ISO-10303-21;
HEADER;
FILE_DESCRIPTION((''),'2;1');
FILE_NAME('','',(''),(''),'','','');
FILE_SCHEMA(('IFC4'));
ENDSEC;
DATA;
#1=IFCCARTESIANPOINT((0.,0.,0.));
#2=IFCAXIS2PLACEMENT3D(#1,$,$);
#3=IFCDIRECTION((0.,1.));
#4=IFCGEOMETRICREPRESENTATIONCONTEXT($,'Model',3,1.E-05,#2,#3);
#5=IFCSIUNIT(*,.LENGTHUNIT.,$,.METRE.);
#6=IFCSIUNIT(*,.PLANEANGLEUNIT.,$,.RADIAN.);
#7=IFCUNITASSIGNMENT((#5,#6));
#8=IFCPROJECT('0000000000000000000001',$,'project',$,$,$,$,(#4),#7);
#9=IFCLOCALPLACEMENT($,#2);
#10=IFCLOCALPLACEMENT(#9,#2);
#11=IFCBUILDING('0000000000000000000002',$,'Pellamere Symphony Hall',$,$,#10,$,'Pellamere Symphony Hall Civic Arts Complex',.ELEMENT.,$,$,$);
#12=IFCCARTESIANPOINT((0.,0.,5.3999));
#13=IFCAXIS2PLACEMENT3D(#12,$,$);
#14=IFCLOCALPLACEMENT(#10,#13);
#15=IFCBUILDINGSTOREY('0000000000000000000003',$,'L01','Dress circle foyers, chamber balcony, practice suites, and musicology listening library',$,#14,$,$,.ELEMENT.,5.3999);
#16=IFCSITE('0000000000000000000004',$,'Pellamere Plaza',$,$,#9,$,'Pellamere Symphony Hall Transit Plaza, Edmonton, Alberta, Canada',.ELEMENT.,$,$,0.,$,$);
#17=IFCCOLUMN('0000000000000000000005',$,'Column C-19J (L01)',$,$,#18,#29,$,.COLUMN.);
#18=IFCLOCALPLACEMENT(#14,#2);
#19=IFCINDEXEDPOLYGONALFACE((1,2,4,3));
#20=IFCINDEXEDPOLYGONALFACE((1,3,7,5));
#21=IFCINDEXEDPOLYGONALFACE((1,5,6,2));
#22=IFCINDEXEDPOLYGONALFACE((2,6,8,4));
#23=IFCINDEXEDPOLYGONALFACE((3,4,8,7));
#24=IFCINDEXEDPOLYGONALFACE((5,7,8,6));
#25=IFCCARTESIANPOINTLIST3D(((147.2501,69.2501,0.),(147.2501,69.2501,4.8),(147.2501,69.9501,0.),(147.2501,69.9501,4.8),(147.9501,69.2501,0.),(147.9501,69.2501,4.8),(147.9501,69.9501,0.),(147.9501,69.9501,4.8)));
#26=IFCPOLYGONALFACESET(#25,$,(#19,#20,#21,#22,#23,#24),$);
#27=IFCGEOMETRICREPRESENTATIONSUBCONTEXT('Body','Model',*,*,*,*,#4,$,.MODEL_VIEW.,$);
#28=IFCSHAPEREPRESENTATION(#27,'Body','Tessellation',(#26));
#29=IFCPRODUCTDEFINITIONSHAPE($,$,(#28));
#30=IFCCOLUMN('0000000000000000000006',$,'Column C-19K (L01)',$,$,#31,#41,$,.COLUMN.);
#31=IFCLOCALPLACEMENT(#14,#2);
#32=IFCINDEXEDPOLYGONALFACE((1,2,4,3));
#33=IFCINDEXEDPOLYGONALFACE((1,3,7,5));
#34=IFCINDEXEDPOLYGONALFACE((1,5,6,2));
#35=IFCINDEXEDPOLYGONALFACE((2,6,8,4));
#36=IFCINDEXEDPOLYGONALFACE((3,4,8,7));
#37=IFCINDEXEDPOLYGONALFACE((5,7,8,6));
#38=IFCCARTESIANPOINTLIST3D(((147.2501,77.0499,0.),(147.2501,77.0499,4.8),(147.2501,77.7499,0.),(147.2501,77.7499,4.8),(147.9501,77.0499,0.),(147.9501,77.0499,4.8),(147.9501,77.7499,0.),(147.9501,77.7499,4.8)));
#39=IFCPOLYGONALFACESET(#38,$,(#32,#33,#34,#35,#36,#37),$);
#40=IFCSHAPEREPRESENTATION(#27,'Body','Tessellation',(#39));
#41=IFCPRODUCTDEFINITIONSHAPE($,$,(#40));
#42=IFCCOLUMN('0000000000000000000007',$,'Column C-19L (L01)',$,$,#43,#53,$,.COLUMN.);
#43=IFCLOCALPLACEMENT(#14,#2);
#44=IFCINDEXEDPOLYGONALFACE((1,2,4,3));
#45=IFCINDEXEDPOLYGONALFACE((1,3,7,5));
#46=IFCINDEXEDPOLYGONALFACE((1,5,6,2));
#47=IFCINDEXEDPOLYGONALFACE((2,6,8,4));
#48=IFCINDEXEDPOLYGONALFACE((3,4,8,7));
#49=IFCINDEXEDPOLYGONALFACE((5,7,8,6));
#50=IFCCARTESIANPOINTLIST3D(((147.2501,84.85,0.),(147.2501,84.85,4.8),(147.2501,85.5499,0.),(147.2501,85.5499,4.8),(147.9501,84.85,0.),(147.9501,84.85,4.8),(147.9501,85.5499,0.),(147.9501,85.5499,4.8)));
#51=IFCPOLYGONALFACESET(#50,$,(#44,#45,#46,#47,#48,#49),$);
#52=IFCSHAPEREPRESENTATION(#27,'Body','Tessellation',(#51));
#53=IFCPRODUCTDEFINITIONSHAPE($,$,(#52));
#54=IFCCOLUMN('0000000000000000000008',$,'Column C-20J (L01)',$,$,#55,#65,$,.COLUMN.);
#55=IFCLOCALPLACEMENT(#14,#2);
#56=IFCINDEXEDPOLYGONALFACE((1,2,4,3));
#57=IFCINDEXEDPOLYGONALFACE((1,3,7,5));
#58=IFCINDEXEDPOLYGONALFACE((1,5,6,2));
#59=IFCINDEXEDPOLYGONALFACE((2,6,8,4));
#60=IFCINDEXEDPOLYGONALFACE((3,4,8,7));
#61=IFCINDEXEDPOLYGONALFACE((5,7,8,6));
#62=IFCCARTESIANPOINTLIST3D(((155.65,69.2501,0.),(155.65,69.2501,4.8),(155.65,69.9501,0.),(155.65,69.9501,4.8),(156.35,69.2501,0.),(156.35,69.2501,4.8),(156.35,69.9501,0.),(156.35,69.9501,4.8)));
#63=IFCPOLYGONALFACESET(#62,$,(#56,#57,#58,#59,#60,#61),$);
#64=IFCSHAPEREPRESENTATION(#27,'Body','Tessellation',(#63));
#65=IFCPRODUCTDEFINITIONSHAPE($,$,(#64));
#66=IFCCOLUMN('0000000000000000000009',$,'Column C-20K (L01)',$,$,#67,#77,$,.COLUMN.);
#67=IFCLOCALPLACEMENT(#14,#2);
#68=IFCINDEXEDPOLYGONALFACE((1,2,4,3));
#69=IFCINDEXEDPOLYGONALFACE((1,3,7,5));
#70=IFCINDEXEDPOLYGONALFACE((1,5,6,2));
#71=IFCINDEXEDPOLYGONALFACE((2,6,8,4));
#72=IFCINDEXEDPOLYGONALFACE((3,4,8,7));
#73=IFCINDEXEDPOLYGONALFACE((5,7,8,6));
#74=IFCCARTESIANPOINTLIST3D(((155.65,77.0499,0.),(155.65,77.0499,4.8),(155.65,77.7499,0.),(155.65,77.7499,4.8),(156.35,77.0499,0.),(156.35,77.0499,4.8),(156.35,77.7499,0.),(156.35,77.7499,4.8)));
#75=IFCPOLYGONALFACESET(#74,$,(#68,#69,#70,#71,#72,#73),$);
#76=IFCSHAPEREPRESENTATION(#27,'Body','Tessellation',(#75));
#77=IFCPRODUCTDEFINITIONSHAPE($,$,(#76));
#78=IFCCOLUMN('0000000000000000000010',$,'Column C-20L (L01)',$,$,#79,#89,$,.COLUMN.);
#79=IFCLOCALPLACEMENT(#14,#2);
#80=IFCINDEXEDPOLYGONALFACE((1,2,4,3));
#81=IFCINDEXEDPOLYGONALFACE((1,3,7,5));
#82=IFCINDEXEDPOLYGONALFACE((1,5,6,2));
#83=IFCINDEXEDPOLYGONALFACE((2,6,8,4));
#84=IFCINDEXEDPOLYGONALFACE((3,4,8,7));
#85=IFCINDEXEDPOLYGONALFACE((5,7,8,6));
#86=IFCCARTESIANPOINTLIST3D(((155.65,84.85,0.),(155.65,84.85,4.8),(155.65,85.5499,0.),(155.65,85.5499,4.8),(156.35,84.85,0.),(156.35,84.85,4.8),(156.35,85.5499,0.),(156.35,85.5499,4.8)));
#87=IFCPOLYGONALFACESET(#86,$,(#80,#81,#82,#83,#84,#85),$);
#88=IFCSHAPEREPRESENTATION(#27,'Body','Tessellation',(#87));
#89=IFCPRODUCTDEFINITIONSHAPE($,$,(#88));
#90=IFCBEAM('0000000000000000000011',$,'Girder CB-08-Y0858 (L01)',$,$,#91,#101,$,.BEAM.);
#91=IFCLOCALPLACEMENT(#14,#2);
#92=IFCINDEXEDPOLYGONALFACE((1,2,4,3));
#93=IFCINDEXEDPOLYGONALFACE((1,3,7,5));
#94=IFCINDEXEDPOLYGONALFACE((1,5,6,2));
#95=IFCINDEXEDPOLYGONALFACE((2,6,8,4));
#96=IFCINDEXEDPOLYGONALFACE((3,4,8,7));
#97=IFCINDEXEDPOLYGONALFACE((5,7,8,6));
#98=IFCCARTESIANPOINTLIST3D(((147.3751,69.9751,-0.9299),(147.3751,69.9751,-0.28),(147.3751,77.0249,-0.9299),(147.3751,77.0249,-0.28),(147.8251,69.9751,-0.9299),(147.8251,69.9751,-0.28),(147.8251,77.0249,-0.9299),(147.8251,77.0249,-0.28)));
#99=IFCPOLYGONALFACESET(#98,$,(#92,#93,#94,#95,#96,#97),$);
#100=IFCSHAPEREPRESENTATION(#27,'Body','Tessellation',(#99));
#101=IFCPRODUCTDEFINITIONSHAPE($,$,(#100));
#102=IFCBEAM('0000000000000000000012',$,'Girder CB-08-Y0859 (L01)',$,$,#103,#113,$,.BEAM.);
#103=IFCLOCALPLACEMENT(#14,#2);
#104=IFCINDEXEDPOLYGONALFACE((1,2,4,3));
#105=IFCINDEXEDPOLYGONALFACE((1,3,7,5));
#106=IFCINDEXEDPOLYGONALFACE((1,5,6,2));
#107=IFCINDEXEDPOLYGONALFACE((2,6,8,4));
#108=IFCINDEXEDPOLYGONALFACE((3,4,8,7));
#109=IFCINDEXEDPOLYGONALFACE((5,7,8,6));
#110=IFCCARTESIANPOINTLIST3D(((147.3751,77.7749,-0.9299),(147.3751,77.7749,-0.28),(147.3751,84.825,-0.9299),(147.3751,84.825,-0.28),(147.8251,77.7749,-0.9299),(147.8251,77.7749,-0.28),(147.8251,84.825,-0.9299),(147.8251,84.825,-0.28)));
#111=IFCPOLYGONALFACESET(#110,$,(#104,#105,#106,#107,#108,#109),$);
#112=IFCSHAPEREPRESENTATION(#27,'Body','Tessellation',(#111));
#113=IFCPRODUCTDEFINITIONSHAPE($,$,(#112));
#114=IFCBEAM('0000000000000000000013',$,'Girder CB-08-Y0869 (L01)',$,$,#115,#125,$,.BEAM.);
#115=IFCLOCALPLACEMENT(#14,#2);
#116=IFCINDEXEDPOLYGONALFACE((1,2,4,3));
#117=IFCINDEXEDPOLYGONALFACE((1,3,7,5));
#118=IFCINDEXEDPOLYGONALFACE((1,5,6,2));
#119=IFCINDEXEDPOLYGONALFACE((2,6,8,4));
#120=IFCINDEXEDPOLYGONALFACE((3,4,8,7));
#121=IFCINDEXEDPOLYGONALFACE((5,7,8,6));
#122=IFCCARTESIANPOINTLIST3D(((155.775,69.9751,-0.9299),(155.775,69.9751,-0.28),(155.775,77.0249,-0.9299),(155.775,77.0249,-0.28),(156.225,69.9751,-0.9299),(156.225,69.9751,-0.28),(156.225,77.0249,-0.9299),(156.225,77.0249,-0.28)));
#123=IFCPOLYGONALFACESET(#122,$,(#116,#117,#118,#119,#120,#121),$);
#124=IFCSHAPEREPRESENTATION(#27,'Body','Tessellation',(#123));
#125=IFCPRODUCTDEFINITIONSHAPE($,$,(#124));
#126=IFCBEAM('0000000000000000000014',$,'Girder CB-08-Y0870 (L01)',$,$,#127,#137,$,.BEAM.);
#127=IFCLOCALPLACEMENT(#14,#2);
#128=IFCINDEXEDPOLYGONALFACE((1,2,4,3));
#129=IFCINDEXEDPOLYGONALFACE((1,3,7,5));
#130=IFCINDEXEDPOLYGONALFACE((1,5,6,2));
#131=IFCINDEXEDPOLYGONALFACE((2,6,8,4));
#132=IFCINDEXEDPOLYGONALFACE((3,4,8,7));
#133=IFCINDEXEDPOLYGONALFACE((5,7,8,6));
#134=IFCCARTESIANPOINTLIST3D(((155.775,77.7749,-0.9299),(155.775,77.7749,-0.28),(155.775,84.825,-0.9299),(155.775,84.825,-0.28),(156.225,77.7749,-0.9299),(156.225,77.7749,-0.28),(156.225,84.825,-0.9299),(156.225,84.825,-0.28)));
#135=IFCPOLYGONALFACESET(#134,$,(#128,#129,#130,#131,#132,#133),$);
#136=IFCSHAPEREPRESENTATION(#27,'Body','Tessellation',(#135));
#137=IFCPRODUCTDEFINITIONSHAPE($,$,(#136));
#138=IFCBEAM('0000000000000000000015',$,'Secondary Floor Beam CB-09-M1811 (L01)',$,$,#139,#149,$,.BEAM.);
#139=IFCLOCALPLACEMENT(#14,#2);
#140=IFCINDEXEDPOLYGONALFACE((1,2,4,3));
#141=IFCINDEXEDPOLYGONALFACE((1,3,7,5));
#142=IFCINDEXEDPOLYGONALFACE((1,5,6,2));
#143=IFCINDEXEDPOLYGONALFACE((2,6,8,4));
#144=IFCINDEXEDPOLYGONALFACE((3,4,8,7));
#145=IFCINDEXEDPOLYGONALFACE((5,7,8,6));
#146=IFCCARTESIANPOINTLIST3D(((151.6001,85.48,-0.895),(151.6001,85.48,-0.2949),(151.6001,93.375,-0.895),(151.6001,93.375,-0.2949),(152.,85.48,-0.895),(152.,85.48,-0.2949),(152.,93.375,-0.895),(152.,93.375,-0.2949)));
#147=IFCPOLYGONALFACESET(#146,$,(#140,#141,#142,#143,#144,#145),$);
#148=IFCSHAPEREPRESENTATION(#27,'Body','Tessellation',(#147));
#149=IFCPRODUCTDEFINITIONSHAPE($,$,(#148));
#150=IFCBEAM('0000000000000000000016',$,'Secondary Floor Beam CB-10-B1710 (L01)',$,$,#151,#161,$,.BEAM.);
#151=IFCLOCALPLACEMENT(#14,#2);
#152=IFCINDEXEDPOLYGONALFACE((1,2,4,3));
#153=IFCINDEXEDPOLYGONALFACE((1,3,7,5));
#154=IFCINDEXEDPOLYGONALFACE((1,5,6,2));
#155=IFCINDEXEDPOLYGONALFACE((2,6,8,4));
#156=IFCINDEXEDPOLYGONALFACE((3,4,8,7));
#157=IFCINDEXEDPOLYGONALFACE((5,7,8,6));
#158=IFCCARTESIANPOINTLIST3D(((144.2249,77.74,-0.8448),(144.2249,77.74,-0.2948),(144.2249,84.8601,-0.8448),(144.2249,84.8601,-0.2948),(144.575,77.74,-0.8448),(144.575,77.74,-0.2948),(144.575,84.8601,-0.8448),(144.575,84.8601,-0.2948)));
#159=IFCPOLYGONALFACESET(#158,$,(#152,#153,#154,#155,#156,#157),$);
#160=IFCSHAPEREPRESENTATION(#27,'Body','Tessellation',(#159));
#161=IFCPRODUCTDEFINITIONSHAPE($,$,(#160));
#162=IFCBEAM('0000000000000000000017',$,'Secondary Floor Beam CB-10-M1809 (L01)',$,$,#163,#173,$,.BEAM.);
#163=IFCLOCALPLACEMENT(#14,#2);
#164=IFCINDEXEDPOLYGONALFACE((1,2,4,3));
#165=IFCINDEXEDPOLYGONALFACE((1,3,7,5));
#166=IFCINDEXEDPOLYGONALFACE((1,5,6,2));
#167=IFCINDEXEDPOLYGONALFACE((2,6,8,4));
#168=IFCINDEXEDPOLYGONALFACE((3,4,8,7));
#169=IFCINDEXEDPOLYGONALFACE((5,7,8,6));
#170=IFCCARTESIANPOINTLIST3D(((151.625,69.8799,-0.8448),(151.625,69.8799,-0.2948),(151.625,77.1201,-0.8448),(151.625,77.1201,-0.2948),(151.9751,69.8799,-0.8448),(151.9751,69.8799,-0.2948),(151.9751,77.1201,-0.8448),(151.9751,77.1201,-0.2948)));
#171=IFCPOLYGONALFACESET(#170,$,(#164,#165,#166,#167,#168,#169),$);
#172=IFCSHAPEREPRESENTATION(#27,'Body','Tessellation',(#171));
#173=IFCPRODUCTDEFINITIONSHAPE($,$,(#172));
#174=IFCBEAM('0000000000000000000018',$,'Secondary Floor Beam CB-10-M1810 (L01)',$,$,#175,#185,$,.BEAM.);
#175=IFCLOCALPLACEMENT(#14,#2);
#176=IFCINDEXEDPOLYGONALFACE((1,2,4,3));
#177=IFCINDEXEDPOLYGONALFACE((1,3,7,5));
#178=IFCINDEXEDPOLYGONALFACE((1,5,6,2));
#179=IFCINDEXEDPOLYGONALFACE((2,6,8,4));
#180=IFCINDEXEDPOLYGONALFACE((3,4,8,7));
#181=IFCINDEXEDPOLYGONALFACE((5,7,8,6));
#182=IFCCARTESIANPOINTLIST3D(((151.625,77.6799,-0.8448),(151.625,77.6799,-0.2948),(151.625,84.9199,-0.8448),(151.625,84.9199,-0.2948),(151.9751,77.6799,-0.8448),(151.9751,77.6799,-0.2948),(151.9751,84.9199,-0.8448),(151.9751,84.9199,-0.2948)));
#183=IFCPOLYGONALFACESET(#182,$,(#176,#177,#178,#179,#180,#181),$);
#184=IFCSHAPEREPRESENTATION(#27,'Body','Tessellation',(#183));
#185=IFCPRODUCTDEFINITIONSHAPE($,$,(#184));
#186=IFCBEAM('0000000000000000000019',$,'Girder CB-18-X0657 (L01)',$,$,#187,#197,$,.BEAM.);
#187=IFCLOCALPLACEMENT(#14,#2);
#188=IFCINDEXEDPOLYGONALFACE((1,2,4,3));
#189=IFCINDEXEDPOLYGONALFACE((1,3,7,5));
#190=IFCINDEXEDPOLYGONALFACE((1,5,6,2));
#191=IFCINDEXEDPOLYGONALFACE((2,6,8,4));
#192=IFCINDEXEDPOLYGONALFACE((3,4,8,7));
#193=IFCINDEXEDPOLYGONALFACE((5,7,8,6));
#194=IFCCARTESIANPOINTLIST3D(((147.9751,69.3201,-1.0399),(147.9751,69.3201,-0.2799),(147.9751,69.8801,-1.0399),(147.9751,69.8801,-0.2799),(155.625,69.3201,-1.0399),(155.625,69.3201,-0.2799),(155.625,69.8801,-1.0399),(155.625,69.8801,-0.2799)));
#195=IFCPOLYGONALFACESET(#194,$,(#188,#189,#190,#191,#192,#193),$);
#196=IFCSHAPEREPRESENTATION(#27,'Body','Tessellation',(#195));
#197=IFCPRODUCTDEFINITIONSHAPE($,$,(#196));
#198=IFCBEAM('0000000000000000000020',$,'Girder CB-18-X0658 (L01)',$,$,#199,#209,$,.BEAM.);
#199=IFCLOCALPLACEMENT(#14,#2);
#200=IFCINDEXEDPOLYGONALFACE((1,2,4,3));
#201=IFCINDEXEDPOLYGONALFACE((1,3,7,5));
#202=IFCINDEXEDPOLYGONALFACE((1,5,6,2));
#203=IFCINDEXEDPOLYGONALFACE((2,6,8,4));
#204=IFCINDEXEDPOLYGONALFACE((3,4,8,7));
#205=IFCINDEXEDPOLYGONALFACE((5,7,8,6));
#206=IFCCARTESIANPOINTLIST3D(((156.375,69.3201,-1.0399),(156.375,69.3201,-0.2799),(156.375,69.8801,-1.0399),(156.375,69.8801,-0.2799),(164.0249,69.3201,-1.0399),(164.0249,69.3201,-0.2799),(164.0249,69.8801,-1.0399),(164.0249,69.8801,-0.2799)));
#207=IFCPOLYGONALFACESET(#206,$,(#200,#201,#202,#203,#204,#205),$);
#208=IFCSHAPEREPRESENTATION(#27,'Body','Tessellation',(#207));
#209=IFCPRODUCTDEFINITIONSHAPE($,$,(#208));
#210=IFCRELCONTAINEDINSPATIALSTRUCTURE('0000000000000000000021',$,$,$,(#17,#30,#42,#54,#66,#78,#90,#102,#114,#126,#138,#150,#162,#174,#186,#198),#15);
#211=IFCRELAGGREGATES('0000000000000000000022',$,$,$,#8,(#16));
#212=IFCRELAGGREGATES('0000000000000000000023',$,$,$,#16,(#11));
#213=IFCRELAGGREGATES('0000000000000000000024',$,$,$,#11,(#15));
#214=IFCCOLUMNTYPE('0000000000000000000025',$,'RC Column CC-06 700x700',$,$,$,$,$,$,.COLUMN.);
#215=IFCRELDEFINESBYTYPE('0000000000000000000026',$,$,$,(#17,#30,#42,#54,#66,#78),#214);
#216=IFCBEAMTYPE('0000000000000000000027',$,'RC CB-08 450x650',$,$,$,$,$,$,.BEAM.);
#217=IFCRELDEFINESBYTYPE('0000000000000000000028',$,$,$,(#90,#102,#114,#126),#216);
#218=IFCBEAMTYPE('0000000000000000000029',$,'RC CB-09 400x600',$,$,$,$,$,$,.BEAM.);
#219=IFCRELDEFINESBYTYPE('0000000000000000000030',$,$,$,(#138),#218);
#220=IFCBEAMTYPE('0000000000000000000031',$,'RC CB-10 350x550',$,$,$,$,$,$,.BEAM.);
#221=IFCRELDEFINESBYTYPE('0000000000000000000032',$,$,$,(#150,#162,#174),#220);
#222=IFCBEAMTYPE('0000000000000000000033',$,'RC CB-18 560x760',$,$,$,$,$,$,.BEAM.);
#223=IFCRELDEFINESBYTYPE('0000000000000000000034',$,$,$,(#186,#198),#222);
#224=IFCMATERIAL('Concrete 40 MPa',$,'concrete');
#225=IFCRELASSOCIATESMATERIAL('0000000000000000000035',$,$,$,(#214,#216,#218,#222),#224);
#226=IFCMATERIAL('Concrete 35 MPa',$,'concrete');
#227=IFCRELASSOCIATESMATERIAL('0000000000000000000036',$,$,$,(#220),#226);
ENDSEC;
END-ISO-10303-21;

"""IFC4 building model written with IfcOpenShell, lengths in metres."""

from ifc_helpers import new_model, si_unit, direction, frame, origin, origin_2d, place, context, subcontext, project, spatial, rectangle, extrude, material, material_profile, profile_set, type_object, element, save


model = new_model("IFC4")

# Units and contexts
model_context = context("Model", 3, precision=1e-05, world=origin(), true_north=direction((0.0, 1.0)))
body_context = subcontext(model_context, "Body", "Model", "MODEL_VIEW")
ifc_project = project(units=[si_unit("LENGTHUNIT", "METRE"), si_unit("PLANEANGLEUNIT", "RADIAN")], contexts=[model_context])

# Site, building, storey
site_placement = place(None, origin())
site = spatial("IfcSite", under=ifc_project, at=site_placement, Name="Pellamere Plaza", LongName="Pellamere Symphony Hall Transit Plaza, Edmonton, Alberta, Canada", CompositionType="ELEMENT", RefElevation=0.0)
building_placement = place(site_placement, origin())
building = spatial("IfcBuilding", under=site, at=building_placement, Name="Pellamere Symphony Hall", LongName="Pellamere Symphony Hall Civic Arts Complex", CompositionType="ELEMENT")
storey_placement = place(building_placement, frame((0.0, 0.0, 5.3999)))
storey = spatial("IfcBuildingStorey", under=building, at=storey_placement, Name="L01", Description="Dress circle foyers, chamber balcony, practice suites, and musicology listening library", CompositionType="ELEMENT", Elevation=5.3999)

# Columns
ifc_material_1 = material(Name="Concrete 40 MPa", Category="concrete")
ifc_material_profile_1 = material_profile(ifc_material_1, rectangle(XDim=0.7, YDim=0.7, at=origin_2d()), Name="RC 700x700")
ifc_profile_set_1 = profile_set([ifc_material_profile_1], Name="Concrete 40 MPa")
column_type = type_object("IfcColumnType", Name="RC Column CC-06 700x700", PredefinedType="COLUMN", material=ifc_profile_set_1)
for number, where, z_axis, x_axis, name in (
    (1, (147.6001, 69.6001, 0.0), (0.0, 0.0, 1.0), (1.0, 0.0, 0.0), "Column C-19J (L01)"),
    (2, (147.6001, 77.3999, 0.0), (0.0, 0.0, 1.0), (1.0, 0.0, 0.0), "Column C-19K (L01)"),
    (3, (147.6001, 85.2, 0.0), (0.0, 0.0, 1.0), (1.0, 0.0, 0.0), "Column C-19L (L01)"),
    (4, (156.0, 69.6001, 0.0), (0.0, 0.0, 1.0), (1.0, 0.0, 0.0), "Column C-20J (L01)"),
    (5, (156.0, 77.3999, 0.0), (0.0, 0.0, 1.0), (1.0, 0.0, 0.0), "Column C-20K (L01)"),
    (6, (156.0, 85.2, 0.0), (0.0, 0.0, 1.0), (1.0, 0.0, 0.0), "Column C-20L (L01)"),
):
    element("IfcColumn", number, at=place(storey_placement, frame(where, z_axis=z_axis, x_axis=x_axis)), inside=storey, type_object=column_type, Name=name, PredefinedType="COLUMN", context=body_context, shape_type="SweptSolid", body=[
        extrude(rectangle(XDim=0.7, YDim=0.7, at=origin_2d()), origin(), (0.0, 0.0, 1.0), 4.8),
    ])

# Beams
ifc_material_profile_2 = material_profile(ifc_material_1, rectangle(XDim=0.45, YDim=0.6499, at=origin_2d()), Name="RC 450x650")
ifc_profile_set_2 = profile_set([ifc_material_profile_2], Name="Concrete 40 MPa")
beam_type_1 = type_object("IfcBeamType", Name="RC CB-08 450x650", PredefinedType="BEAM", material=ifc_profile_set_2)
beam_1_placement = place(storey_placement, frame((147.6001, 69.9751, -0.605), z_axis=(0.0, 1.0, 0.0), x_axis=(-1.0, 0.0, 0.0)))
element("IfcBeam", 7, at=beam_1_placement, inside=storey, type_object=beam_type_1, Name="Girder CB-08-Y0858 (L01)", PredefinedType="BEAM", context=body_context, shape_type="SweptSolid", body=[
    extrude(rectangle(XDim=0.45, YDim=0.6499, at=origin_2d()), origin(), (0.0, 0.0, 1.0), 7.0498),
])
beam_2_placement = place(storey_placement, frame((147.6001, 77.7749, -0.605), z_axis=(0.0, 1.0, 0.0), x_axis=(-1.0, 0.0, 0.0)))
element("IfcBeam", 8, at=beam_2_placement, inside=storey, type_object=beam_type_1, Name="Girder CB-08-Y0859 (L01)", PredefinedType="BEAM", context=body_context, shape_type="SweptSolid", body=[
    extrude(rectangle(XDim=0.45, YDim=0.6499, at=origin_2d()), origin(), (0.0, 0.0, 1.0), 7.05),
])
beam_3_placement = place(storey_placement, frame((156.0, 69.9751, -0.605), z_axis=(0.0, 1.0, 0.0), x_axis=(-1.0, 0.0, 0.0)))
element("IfcBeam", 9, at=beam_3_placement, inside=storey, type_object=beam_type_1, Name="Girder CB-08-Y0869 (L01)", PredefinedType="BEAM", context=body_context, shape_type="SweptSolid", body=[
    extrude(rectangle(XDim=0.45, YDim=0.6499, at=origin_2d()), origin(), (0.0, 0.0, 1.0), 7.0498),
])
beam_4_placement = place(storey_placement, frame((156.0, 77.7749, -0.605), z_axis=(0.0, 1.0, 0.0), x_axis=(-1.0, 0.0, 0.0)))
element("IfcBeam", 10, at=beam_4_placement, inside=storey, type_object=beam_type_1, Name="Girder CB-08-Y0870 (L01)", PredefinedType="BEAM", context=body_context, shape_type="SweptSolid", body=[
    extrude(rectangle(XDim=0.45, YDim=0.6499, at=origin_2d()), origin(), (0.0, 0.0, 1.0), 7.05),
])
ifc_material_profile_3 = material_profile(ifc_material_1, rectangle(XDim=0.3999, YDim=0.6001, at=origin_2d()), Name="RC 400x600")
ifc_profile_set_3 = profile_set([ifc_material_profile_3], Name="Concrete 40 MPa")
beam_type_2 = type_object("IfcBeamType", Name="RC CB-09 400x600", PredefinedType="BEAM", material=ifc_profile_set_3)
beam_5_placement = place(storey_placement, frame((151.8, 85.48, -0.595), z_axis=(0.0, 1.0, 0.0), x_axis=(-1.0, 0.0, 0.0)))
element("IfcBeam", 11, at=beam_5_placement, inside=storey, type_object=beam_type_2, Name="Secondary Floor Beam CB-09-M1811 (L01)", PredefinedType="BEAM", context=body_context, shape_type="SweptSolid", body=[
    extrude(rectangle(XDim=0.3999, YDim=0.6001, at=origin_2d()), origin(), (0.0, 0.0, 1.0), 7.895),
])
ifc_material_2 = material(Name="Concrete 35 MPa", Category="concrete")
ifc_material_profile_4 = material_profile(ifc_material_2, rectangle(XDim=0.3501, YDim=0.55, at=origin_2d()), Name="RC 350x550")
ifc_profile_set_4 = profile_set([ifc_material_profile_4], Name="Concrete 35 MPa")
beam_type_3 = type_object("IfcBeamType", Name="RC CB-10 350x550", PredefinedType="BEAM", material=ifc_profile_set_4)
beam_6_placement = place(storey_placement, frame((144.3999, 77.74, -0.5698), z_axis=(0.0, 1.0, 0.0), x_axis=(-1.0, 0.0, 0.0)))
element("IfcBeam", 12, at=beam_6_placement, inside=storey, type_object=beam_type_3, Name="Secondary Floor Beam CB-10-B1710 (L01)", PredefinedType="BEAM", context=body_context, shape_type="SweptSolid", body=[
    extrude(rectangle(XDim=0.3501, YDim=0.55, at=origin_2d()), origin(), (0.0, 0.0, 1.0), 7.1201),
])
beam_7_placement = place(storey_placement, frame((151.8, 69.8799, -0.5698), z_axis=(0.0, 1.0, 0.0), x_axis=(-1.0, 0.0, 0.0)))
element("IfcBeam", 13, at=beam_7_placement, inside=storey, type_object=beam_type_3, Name="Secondary Floor Beam CB-10-M1809 (L01)", PredefinedType="BEAM", context=body_context, shape_type="SweptSolid", body=[
    extrude(rectangle(XDim=0.3501, YDim=0.55, at=origin_2d()), origin(), (0.0, 0.0, 1.0), 7.2402),
])
beam_8_placement = place(storey_placement, frame((151.8, 77.6799, -0.5698), z_axis=(0.0, 1.0, 0.0), x_axis=(-1.0, 0.0, 0.0)))
element("IfcBeam", 14, at=beam_8_placement, inside=storey, type_object=beam_type_3, Name="Secondary Floor Beam CB-10-M1810 (L01)", PredefinedType="BEAM", context=body_context, shape_type="SweptSolid", body=[
    extrude(rectangle(XDim=0.3501, YDim=0.55, at=origin_2d()), origin(), (0.0, 0.0, 1.0), 7.24),
])
ifc_material_profile_5 = material_profile(ifc_material_1, rectangle(XDim=0.5601, YDim=0.76, at=origin_2d()), Name="RC 560x760")
ifc_profile_set_5 = profile_set([ifc_material_profile_5], Name="Concrete 40 MPa")
beam_type_4 = type_object("IfcBeamType", Name="RC CB-18 560x760", PredefinedType="BEAM", material=ifc_profile_set_5)
for number, where, z_axis, x_axis, name in (
    (15, (147.9751, 69.6001, -0.6599), (1.0, 0.0, 0.0), (0.0, 1.0, 0.0), "Girder CB-18-X0657 (L01)"),
    (16, (156.375, 69.6001, -0.6599), (1.0, 0.0, 0.0), (0.0, 1.0, 0.0), "Girder CB-18-X0658 (L01)"),
):
    element("IfcBeam", number, at=place(storey_placement, frame(where, z_axis=z_axis, x_axis=x_axis)), inside=storey, type_object=beam_type_4, Name=name, PredefinedType="BEAM", context=body_context, shape_type="SweptSolid", body=[
        extrude(rectangle(XDim=0.5601, YDim=0.76, at=origin_2d()), origin(), (0.0, 0.0, 1.0), 7.6499),
    ])

save(model, "model.ifc")
